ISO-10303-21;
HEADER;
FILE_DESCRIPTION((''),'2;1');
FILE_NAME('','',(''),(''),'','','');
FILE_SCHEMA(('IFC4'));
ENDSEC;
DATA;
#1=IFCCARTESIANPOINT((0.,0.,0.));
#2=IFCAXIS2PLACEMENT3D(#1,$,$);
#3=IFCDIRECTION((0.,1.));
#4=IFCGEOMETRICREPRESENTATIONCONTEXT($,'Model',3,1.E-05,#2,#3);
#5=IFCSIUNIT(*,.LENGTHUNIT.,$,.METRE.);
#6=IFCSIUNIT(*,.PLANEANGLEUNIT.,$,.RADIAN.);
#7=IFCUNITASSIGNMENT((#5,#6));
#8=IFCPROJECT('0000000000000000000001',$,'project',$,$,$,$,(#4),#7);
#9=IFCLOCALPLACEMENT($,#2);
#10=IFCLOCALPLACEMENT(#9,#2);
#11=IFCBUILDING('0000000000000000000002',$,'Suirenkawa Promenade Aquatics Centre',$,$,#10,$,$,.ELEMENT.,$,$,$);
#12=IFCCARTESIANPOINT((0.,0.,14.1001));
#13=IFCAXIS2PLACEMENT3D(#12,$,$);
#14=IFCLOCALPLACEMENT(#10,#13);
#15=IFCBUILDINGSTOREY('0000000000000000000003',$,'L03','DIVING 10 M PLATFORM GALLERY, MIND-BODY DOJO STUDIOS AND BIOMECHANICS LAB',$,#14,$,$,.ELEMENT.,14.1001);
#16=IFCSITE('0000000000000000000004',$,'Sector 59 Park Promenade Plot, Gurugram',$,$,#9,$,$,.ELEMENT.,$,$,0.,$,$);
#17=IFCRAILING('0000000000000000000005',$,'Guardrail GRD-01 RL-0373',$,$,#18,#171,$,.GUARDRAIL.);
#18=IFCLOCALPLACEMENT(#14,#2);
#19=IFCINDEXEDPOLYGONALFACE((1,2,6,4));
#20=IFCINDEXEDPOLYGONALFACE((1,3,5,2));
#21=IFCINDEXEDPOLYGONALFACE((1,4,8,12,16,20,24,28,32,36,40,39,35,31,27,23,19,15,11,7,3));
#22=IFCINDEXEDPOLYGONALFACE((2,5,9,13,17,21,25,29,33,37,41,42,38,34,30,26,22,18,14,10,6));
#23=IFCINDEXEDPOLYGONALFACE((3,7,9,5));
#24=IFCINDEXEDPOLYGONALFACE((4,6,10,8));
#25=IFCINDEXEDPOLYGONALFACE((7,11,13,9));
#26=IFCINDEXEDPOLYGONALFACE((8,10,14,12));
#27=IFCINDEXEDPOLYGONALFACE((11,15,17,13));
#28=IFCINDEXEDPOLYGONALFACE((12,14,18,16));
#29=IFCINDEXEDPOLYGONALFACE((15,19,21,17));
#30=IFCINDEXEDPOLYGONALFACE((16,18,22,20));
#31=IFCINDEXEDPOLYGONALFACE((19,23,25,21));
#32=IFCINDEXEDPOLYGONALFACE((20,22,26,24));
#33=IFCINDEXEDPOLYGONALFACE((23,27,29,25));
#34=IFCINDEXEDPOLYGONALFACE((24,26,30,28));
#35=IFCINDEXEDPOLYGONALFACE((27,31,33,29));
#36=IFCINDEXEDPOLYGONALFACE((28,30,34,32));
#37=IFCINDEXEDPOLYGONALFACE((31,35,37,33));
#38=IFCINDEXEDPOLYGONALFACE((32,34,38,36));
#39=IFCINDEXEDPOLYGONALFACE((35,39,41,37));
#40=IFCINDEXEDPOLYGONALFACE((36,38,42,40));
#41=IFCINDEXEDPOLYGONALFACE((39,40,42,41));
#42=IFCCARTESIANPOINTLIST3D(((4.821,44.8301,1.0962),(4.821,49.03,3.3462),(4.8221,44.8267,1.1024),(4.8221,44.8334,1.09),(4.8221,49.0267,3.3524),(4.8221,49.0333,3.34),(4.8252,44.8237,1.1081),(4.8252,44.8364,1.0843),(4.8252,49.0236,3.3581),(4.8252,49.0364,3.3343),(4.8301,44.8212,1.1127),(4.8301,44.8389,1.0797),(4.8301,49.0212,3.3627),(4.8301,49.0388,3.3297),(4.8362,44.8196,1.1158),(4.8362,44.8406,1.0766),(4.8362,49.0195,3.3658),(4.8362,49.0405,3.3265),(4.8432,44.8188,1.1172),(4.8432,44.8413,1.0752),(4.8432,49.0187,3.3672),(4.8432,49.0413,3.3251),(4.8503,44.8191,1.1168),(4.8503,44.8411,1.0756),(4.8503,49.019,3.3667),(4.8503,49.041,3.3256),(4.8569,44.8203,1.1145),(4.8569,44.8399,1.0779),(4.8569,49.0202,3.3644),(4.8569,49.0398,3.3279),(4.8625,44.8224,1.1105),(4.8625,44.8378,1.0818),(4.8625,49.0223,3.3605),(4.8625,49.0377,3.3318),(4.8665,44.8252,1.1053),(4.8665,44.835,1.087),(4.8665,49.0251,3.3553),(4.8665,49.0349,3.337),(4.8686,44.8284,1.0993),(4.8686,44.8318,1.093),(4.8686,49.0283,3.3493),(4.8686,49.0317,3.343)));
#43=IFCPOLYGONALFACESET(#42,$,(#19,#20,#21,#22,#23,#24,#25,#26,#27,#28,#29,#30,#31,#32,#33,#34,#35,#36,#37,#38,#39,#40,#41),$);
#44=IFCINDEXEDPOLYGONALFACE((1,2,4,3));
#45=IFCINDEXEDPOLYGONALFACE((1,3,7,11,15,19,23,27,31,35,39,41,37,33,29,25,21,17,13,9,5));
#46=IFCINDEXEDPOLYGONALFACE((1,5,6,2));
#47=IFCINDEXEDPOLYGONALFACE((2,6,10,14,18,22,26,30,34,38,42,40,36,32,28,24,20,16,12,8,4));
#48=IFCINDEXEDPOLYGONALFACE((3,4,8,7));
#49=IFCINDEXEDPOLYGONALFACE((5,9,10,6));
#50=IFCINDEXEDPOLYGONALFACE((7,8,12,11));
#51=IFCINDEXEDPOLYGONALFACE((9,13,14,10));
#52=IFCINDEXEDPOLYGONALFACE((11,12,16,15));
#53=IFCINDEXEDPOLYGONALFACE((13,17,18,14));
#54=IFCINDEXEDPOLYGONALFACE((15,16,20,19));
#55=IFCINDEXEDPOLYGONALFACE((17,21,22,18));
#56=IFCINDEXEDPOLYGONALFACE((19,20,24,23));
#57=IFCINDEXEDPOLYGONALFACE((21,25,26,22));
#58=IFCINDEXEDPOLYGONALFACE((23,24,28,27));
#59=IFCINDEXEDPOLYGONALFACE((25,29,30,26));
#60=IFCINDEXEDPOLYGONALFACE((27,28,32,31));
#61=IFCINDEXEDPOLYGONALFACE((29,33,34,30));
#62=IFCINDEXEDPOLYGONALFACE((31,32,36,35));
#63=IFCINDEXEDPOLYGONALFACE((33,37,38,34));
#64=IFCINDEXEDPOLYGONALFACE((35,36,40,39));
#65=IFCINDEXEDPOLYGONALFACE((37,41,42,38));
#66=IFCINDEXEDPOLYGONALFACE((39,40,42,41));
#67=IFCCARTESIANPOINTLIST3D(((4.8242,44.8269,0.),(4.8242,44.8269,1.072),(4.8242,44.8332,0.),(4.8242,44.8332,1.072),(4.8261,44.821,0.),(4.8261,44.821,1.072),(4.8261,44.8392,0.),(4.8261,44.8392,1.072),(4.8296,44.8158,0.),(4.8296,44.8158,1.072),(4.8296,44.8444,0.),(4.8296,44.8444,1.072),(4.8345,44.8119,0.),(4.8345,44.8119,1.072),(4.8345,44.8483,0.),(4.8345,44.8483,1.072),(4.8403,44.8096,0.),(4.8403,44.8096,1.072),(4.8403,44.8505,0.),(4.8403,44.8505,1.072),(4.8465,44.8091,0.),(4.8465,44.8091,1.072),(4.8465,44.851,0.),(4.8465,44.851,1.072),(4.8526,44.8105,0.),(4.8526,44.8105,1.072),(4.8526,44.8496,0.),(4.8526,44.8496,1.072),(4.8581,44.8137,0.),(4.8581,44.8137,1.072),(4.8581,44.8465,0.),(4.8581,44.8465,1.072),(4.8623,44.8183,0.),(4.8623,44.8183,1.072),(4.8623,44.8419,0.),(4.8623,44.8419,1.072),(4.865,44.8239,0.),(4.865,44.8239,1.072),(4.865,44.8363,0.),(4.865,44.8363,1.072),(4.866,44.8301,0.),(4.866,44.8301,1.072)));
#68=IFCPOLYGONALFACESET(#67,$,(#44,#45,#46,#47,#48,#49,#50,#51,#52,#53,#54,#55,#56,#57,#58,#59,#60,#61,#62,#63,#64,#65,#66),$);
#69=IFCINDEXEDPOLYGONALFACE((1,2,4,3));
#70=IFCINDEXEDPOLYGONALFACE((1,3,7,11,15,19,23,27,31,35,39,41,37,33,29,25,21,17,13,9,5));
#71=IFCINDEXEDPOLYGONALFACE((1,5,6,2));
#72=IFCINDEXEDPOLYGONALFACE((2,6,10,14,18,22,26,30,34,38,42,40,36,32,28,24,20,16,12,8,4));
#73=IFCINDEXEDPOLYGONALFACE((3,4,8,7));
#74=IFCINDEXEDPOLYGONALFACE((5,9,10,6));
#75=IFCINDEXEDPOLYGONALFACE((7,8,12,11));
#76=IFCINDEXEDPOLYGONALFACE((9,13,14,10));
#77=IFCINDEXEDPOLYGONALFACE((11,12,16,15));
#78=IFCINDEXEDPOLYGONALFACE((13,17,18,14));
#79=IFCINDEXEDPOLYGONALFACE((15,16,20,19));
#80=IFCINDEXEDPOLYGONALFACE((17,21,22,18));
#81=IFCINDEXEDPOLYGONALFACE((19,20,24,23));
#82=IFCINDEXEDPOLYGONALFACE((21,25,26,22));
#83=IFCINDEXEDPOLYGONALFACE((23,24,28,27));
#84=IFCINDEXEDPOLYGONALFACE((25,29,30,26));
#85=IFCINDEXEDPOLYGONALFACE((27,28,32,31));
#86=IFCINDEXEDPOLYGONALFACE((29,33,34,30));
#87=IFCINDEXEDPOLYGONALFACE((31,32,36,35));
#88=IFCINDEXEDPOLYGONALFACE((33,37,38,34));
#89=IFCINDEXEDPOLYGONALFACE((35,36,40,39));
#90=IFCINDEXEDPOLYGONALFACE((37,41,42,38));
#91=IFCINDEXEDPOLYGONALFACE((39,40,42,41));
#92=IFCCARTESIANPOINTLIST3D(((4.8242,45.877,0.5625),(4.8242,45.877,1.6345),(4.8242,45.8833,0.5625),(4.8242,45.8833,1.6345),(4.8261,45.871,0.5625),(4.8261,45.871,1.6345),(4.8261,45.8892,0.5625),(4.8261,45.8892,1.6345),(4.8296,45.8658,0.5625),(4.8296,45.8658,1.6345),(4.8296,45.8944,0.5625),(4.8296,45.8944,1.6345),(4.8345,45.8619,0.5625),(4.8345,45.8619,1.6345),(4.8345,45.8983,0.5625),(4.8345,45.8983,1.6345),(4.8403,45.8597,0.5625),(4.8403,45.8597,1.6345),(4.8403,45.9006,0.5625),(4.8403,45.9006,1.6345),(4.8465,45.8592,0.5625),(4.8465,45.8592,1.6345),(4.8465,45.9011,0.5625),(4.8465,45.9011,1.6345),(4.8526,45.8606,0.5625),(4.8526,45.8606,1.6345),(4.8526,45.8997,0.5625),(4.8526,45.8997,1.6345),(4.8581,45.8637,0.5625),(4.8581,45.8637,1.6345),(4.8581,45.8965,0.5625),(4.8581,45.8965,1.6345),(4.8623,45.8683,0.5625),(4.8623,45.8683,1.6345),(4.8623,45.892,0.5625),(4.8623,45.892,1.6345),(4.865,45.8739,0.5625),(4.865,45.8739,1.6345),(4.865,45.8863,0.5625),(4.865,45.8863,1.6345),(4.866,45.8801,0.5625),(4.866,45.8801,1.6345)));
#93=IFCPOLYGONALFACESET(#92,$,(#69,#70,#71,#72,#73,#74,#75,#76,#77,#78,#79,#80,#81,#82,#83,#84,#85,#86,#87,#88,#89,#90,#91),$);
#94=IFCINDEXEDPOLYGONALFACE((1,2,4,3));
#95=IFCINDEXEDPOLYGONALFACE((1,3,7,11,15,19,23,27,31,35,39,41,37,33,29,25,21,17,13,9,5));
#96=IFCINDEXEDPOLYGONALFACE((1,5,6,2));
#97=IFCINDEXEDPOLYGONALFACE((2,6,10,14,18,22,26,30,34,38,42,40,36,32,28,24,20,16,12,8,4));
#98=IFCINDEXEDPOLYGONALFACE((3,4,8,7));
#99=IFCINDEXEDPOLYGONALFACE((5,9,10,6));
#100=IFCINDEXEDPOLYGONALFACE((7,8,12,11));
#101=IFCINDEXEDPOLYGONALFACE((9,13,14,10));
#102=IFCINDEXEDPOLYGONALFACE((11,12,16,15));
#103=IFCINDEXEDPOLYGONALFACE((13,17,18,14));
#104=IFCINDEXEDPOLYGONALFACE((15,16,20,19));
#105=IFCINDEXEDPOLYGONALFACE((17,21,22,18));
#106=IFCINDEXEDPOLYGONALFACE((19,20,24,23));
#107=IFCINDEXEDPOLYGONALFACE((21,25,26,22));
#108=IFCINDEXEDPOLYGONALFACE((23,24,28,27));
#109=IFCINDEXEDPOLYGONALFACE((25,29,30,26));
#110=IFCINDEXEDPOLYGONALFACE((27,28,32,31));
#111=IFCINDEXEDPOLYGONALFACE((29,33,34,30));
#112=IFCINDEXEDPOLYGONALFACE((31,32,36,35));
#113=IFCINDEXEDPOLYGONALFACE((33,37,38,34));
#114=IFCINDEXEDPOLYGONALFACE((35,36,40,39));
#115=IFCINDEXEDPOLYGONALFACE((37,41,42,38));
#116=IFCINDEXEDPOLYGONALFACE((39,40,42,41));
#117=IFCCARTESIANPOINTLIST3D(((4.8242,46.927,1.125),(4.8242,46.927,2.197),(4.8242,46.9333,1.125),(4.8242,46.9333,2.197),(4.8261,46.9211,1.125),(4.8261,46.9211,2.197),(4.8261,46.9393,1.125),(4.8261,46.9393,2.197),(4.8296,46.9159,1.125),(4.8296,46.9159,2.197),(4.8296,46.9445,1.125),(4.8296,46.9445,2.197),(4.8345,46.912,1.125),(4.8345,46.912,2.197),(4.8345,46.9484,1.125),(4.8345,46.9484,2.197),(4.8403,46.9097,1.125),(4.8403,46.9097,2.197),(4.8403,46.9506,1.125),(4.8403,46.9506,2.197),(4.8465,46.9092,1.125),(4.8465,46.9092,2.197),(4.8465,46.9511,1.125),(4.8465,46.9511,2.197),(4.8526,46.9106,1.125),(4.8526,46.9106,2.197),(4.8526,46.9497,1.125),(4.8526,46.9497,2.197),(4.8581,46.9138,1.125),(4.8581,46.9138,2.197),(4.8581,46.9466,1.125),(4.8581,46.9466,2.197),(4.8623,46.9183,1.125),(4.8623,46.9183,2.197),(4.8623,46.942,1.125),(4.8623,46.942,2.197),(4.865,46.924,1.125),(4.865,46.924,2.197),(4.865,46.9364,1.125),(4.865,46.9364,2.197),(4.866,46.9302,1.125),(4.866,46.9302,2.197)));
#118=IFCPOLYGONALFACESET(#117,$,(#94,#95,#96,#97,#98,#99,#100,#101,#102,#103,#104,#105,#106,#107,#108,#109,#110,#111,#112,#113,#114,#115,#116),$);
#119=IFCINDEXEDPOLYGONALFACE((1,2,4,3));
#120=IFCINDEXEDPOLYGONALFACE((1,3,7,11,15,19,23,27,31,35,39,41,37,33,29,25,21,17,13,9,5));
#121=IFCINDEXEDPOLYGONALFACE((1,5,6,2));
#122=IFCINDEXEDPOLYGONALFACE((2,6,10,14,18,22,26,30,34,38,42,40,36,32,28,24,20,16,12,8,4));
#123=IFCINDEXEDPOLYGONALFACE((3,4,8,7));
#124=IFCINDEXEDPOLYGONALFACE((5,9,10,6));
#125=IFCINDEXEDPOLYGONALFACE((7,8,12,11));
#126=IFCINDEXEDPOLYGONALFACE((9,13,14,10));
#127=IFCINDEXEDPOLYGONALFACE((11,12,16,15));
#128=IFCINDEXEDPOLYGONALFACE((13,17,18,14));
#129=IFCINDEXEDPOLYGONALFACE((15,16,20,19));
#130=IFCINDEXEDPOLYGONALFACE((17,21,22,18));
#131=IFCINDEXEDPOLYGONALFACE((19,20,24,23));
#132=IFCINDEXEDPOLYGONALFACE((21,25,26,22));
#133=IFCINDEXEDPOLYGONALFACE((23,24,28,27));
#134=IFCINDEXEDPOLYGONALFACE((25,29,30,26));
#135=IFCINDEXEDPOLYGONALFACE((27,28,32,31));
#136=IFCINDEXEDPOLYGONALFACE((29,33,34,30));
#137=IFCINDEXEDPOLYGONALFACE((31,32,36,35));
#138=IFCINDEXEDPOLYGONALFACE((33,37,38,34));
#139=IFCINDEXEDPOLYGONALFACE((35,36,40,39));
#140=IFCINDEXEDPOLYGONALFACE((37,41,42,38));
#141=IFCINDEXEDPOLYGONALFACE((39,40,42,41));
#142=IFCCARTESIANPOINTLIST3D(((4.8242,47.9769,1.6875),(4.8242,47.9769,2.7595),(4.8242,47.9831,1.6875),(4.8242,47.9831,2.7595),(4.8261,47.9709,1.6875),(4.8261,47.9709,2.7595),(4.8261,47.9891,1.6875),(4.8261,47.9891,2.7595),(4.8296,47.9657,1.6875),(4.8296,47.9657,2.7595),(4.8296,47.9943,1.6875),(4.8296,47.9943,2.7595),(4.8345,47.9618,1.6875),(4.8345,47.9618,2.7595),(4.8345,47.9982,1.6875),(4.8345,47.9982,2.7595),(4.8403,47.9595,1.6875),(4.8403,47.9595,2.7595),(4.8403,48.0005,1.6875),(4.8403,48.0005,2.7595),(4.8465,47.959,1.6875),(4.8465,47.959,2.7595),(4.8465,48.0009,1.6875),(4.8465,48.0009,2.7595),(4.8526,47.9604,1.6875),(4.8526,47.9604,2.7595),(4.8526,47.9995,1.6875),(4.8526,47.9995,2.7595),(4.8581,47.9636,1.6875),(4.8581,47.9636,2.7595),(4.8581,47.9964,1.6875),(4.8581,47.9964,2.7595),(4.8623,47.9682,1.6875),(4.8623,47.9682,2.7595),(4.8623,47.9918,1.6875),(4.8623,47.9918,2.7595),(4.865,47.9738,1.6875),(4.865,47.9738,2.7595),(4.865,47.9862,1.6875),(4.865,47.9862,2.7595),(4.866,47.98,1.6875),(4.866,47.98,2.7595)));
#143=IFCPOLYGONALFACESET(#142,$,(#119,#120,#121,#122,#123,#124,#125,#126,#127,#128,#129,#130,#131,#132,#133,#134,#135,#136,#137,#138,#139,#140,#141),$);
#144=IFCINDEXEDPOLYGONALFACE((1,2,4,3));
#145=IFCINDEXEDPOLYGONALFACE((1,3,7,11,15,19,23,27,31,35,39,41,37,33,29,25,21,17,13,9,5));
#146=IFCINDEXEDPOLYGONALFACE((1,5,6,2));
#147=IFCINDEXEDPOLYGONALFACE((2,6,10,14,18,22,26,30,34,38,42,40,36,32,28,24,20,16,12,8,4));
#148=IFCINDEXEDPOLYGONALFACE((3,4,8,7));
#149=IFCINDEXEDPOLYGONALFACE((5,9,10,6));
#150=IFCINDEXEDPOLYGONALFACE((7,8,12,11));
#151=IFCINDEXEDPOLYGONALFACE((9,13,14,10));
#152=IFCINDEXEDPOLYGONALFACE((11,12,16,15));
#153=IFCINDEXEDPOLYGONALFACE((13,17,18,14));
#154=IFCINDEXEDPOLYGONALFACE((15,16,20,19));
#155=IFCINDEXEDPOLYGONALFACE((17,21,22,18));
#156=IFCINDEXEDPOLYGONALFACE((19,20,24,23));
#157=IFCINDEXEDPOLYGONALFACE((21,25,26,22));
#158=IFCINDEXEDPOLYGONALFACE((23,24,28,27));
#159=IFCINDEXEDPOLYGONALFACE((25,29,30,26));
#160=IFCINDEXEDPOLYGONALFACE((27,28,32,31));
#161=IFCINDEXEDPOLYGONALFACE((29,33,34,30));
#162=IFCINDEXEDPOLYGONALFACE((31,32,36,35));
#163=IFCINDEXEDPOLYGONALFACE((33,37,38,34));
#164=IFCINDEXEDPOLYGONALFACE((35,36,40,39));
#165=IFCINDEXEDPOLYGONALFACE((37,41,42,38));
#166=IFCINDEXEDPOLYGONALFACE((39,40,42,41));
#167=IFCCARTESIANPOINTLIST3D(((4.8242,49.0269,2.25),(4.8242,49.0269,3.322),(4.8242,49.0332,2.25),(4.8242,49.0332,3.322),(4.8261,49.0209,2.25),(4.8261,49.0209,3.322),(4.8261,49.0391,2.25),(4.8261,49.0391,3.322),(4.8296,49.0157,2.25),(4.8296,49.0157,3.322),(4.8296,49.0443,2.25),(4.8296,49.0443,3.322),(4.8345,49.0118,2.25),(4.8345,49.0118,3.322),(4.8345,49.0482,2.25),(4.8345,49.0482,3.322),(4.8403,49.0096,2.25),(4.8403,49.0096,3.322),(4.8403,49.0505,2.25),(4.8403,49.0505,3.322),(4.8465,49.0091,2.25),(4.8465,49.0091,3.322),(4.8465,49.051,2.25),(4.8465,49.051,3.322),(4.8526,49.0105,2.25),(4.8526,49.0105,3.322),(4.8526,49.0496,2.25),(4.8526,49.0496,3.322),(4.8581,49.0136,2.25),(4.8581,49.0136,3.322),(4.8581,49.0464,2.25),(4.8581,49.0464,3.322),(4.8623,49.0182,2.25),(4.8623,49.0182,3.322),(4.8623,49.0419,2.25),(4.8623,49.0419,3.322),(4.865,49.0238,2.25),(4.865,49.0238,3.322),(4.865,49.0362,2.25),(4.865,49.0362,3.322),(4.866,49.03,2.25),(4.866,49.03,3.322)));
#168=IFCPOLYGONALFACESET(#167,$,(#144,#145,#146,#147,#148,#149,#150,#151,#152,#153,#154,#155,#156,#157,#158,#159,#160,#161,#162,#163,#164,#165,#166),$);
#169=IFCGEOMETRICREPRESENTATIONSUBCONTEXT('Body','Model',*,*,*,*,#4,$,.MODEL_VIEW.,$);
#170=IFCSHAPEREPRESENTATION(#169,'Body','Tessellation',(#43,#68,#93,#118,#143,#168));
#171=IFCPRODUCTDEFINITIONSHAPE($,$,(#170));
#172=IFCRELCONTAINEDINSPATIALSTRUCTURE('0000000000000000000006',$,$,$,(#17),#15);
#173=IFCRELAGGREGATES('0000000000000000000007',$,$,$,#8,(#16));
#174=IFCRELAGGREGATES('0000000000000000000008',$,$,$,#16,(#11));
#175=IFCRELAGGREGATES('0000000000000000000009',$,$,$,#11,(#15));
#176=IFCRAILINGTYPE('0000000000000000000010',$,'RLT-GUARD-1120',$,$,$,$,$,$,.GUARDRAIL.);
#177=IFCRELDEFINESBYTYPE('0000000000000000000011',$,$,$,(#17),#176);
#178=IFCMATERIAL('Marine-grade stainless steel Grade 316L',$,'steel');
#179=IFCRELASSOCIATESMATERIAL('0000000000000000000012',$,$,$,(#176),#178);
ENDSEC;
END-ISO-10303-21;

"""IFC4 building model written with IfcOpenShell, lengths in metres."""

from ifc_helpers import new_model, si_unit, direction, frame, origin, origin_2d, place, context, subcontext, project, spatial, circle, extrude, material, type_object, element, save


model = new_model("IFC4")

# Units and contexts
model_context = context("Model", 3, precision=1e-05, world=origin(), true_north=direction((0.0, 1.0)))
body_context = subcontext(model_context, "Body", "Model", "MODEL_VIEW")
ifc_project = project(units=[si_unit("LENGTHUNIT", "METRE"), si_unit("PLANEANGLEUNIT", "RADIAN")], contexts=[model_context])

# Site, building, storey
site_placement = place(None, origin())
site = spatial("IfcSite", under=ifc_project, at=site_placement, Name="Sector 59 Park Promenade Plot, Gurugram", CompositionType="ELEMENT", RefElevation=0.0)
building_placement = place(site_placement, origin())
building = spatial("IfcBuilding", under=site, at=building_placement, Name="Suirenkawa Promenade Aquatics Centre", CompositionType="ELEMENT")
storey_placement = place(building_placement, frame((0.0, 0.0, 14.1001)))
storey = spatial("IfcBuildingStorey", under=building, at=storey_placement, Name="L03", Description="DIVING 10 M PLATFORM GALLERY, MIND-BODY DOJO STUDIOS AND BIOMECHANICS LAB", CompositionType="ELEMENT", Elevation=14.1001)

# Railing
ifc_material_1 = material(Name="Marine-grade stainless steel Grade 316L", Category="steel")
railing_type_1 = type_object("IfcRailingType", Name="RLT-GUARD-1120", PredefinedType="GUARDRAIL", material=ifc_material_1)
for number, where, name in (
    (1, (4.845, 44.8301, 0.0), "Guardrail GRD-01 RL-0373"),
):
    element("IfcRailing", number, at=place(storey_placement, frame(where)), inside=storey, type_object=railing_type_1, Name=name, PredefinedType="GUARDRAIL", context=body_context, shape_type="SweptSolid", body=[
        extrude(circle(Radius=0.0239, at=origin_2d()), frame((0.0, 0.0, 1.0962), z_axis=(0.0, 0.881478, 0.472226), x_axis=(-1.0, 0.0, 0.0)), (0.0, 0.0, 1.0), 4.7646),
        extrude(circle(Radius=0.021, at=origin_2d()), origin(), (0.0, 0.0, 1.0), 1.072),
        extrude(circle(Radius=0.021, at=origin_2d()), frame((0.0, 1.05, 0.5625)), (0.0, 0.0, 1.0), 1.072),
        extrude(circle(Radius=0.021, at=origin_2d()), frame((0.0, 2.1001, 1.125)), (0.0, 0.0, 1.0), 1.072),
        extrude(circle(Radius=0.021, at=origin_2d()), frame((0.0, 3.1499, 1.6875)), (0.0, 0.0, 1.0), 1.072),
        extrude(circle(Radius=0.021, at=origin_2d()), frame((0.0, 4.2, 2.25)), (0.0, 0.0, 1.0), 1.072),
    ])

save(model, "model.ifc")
